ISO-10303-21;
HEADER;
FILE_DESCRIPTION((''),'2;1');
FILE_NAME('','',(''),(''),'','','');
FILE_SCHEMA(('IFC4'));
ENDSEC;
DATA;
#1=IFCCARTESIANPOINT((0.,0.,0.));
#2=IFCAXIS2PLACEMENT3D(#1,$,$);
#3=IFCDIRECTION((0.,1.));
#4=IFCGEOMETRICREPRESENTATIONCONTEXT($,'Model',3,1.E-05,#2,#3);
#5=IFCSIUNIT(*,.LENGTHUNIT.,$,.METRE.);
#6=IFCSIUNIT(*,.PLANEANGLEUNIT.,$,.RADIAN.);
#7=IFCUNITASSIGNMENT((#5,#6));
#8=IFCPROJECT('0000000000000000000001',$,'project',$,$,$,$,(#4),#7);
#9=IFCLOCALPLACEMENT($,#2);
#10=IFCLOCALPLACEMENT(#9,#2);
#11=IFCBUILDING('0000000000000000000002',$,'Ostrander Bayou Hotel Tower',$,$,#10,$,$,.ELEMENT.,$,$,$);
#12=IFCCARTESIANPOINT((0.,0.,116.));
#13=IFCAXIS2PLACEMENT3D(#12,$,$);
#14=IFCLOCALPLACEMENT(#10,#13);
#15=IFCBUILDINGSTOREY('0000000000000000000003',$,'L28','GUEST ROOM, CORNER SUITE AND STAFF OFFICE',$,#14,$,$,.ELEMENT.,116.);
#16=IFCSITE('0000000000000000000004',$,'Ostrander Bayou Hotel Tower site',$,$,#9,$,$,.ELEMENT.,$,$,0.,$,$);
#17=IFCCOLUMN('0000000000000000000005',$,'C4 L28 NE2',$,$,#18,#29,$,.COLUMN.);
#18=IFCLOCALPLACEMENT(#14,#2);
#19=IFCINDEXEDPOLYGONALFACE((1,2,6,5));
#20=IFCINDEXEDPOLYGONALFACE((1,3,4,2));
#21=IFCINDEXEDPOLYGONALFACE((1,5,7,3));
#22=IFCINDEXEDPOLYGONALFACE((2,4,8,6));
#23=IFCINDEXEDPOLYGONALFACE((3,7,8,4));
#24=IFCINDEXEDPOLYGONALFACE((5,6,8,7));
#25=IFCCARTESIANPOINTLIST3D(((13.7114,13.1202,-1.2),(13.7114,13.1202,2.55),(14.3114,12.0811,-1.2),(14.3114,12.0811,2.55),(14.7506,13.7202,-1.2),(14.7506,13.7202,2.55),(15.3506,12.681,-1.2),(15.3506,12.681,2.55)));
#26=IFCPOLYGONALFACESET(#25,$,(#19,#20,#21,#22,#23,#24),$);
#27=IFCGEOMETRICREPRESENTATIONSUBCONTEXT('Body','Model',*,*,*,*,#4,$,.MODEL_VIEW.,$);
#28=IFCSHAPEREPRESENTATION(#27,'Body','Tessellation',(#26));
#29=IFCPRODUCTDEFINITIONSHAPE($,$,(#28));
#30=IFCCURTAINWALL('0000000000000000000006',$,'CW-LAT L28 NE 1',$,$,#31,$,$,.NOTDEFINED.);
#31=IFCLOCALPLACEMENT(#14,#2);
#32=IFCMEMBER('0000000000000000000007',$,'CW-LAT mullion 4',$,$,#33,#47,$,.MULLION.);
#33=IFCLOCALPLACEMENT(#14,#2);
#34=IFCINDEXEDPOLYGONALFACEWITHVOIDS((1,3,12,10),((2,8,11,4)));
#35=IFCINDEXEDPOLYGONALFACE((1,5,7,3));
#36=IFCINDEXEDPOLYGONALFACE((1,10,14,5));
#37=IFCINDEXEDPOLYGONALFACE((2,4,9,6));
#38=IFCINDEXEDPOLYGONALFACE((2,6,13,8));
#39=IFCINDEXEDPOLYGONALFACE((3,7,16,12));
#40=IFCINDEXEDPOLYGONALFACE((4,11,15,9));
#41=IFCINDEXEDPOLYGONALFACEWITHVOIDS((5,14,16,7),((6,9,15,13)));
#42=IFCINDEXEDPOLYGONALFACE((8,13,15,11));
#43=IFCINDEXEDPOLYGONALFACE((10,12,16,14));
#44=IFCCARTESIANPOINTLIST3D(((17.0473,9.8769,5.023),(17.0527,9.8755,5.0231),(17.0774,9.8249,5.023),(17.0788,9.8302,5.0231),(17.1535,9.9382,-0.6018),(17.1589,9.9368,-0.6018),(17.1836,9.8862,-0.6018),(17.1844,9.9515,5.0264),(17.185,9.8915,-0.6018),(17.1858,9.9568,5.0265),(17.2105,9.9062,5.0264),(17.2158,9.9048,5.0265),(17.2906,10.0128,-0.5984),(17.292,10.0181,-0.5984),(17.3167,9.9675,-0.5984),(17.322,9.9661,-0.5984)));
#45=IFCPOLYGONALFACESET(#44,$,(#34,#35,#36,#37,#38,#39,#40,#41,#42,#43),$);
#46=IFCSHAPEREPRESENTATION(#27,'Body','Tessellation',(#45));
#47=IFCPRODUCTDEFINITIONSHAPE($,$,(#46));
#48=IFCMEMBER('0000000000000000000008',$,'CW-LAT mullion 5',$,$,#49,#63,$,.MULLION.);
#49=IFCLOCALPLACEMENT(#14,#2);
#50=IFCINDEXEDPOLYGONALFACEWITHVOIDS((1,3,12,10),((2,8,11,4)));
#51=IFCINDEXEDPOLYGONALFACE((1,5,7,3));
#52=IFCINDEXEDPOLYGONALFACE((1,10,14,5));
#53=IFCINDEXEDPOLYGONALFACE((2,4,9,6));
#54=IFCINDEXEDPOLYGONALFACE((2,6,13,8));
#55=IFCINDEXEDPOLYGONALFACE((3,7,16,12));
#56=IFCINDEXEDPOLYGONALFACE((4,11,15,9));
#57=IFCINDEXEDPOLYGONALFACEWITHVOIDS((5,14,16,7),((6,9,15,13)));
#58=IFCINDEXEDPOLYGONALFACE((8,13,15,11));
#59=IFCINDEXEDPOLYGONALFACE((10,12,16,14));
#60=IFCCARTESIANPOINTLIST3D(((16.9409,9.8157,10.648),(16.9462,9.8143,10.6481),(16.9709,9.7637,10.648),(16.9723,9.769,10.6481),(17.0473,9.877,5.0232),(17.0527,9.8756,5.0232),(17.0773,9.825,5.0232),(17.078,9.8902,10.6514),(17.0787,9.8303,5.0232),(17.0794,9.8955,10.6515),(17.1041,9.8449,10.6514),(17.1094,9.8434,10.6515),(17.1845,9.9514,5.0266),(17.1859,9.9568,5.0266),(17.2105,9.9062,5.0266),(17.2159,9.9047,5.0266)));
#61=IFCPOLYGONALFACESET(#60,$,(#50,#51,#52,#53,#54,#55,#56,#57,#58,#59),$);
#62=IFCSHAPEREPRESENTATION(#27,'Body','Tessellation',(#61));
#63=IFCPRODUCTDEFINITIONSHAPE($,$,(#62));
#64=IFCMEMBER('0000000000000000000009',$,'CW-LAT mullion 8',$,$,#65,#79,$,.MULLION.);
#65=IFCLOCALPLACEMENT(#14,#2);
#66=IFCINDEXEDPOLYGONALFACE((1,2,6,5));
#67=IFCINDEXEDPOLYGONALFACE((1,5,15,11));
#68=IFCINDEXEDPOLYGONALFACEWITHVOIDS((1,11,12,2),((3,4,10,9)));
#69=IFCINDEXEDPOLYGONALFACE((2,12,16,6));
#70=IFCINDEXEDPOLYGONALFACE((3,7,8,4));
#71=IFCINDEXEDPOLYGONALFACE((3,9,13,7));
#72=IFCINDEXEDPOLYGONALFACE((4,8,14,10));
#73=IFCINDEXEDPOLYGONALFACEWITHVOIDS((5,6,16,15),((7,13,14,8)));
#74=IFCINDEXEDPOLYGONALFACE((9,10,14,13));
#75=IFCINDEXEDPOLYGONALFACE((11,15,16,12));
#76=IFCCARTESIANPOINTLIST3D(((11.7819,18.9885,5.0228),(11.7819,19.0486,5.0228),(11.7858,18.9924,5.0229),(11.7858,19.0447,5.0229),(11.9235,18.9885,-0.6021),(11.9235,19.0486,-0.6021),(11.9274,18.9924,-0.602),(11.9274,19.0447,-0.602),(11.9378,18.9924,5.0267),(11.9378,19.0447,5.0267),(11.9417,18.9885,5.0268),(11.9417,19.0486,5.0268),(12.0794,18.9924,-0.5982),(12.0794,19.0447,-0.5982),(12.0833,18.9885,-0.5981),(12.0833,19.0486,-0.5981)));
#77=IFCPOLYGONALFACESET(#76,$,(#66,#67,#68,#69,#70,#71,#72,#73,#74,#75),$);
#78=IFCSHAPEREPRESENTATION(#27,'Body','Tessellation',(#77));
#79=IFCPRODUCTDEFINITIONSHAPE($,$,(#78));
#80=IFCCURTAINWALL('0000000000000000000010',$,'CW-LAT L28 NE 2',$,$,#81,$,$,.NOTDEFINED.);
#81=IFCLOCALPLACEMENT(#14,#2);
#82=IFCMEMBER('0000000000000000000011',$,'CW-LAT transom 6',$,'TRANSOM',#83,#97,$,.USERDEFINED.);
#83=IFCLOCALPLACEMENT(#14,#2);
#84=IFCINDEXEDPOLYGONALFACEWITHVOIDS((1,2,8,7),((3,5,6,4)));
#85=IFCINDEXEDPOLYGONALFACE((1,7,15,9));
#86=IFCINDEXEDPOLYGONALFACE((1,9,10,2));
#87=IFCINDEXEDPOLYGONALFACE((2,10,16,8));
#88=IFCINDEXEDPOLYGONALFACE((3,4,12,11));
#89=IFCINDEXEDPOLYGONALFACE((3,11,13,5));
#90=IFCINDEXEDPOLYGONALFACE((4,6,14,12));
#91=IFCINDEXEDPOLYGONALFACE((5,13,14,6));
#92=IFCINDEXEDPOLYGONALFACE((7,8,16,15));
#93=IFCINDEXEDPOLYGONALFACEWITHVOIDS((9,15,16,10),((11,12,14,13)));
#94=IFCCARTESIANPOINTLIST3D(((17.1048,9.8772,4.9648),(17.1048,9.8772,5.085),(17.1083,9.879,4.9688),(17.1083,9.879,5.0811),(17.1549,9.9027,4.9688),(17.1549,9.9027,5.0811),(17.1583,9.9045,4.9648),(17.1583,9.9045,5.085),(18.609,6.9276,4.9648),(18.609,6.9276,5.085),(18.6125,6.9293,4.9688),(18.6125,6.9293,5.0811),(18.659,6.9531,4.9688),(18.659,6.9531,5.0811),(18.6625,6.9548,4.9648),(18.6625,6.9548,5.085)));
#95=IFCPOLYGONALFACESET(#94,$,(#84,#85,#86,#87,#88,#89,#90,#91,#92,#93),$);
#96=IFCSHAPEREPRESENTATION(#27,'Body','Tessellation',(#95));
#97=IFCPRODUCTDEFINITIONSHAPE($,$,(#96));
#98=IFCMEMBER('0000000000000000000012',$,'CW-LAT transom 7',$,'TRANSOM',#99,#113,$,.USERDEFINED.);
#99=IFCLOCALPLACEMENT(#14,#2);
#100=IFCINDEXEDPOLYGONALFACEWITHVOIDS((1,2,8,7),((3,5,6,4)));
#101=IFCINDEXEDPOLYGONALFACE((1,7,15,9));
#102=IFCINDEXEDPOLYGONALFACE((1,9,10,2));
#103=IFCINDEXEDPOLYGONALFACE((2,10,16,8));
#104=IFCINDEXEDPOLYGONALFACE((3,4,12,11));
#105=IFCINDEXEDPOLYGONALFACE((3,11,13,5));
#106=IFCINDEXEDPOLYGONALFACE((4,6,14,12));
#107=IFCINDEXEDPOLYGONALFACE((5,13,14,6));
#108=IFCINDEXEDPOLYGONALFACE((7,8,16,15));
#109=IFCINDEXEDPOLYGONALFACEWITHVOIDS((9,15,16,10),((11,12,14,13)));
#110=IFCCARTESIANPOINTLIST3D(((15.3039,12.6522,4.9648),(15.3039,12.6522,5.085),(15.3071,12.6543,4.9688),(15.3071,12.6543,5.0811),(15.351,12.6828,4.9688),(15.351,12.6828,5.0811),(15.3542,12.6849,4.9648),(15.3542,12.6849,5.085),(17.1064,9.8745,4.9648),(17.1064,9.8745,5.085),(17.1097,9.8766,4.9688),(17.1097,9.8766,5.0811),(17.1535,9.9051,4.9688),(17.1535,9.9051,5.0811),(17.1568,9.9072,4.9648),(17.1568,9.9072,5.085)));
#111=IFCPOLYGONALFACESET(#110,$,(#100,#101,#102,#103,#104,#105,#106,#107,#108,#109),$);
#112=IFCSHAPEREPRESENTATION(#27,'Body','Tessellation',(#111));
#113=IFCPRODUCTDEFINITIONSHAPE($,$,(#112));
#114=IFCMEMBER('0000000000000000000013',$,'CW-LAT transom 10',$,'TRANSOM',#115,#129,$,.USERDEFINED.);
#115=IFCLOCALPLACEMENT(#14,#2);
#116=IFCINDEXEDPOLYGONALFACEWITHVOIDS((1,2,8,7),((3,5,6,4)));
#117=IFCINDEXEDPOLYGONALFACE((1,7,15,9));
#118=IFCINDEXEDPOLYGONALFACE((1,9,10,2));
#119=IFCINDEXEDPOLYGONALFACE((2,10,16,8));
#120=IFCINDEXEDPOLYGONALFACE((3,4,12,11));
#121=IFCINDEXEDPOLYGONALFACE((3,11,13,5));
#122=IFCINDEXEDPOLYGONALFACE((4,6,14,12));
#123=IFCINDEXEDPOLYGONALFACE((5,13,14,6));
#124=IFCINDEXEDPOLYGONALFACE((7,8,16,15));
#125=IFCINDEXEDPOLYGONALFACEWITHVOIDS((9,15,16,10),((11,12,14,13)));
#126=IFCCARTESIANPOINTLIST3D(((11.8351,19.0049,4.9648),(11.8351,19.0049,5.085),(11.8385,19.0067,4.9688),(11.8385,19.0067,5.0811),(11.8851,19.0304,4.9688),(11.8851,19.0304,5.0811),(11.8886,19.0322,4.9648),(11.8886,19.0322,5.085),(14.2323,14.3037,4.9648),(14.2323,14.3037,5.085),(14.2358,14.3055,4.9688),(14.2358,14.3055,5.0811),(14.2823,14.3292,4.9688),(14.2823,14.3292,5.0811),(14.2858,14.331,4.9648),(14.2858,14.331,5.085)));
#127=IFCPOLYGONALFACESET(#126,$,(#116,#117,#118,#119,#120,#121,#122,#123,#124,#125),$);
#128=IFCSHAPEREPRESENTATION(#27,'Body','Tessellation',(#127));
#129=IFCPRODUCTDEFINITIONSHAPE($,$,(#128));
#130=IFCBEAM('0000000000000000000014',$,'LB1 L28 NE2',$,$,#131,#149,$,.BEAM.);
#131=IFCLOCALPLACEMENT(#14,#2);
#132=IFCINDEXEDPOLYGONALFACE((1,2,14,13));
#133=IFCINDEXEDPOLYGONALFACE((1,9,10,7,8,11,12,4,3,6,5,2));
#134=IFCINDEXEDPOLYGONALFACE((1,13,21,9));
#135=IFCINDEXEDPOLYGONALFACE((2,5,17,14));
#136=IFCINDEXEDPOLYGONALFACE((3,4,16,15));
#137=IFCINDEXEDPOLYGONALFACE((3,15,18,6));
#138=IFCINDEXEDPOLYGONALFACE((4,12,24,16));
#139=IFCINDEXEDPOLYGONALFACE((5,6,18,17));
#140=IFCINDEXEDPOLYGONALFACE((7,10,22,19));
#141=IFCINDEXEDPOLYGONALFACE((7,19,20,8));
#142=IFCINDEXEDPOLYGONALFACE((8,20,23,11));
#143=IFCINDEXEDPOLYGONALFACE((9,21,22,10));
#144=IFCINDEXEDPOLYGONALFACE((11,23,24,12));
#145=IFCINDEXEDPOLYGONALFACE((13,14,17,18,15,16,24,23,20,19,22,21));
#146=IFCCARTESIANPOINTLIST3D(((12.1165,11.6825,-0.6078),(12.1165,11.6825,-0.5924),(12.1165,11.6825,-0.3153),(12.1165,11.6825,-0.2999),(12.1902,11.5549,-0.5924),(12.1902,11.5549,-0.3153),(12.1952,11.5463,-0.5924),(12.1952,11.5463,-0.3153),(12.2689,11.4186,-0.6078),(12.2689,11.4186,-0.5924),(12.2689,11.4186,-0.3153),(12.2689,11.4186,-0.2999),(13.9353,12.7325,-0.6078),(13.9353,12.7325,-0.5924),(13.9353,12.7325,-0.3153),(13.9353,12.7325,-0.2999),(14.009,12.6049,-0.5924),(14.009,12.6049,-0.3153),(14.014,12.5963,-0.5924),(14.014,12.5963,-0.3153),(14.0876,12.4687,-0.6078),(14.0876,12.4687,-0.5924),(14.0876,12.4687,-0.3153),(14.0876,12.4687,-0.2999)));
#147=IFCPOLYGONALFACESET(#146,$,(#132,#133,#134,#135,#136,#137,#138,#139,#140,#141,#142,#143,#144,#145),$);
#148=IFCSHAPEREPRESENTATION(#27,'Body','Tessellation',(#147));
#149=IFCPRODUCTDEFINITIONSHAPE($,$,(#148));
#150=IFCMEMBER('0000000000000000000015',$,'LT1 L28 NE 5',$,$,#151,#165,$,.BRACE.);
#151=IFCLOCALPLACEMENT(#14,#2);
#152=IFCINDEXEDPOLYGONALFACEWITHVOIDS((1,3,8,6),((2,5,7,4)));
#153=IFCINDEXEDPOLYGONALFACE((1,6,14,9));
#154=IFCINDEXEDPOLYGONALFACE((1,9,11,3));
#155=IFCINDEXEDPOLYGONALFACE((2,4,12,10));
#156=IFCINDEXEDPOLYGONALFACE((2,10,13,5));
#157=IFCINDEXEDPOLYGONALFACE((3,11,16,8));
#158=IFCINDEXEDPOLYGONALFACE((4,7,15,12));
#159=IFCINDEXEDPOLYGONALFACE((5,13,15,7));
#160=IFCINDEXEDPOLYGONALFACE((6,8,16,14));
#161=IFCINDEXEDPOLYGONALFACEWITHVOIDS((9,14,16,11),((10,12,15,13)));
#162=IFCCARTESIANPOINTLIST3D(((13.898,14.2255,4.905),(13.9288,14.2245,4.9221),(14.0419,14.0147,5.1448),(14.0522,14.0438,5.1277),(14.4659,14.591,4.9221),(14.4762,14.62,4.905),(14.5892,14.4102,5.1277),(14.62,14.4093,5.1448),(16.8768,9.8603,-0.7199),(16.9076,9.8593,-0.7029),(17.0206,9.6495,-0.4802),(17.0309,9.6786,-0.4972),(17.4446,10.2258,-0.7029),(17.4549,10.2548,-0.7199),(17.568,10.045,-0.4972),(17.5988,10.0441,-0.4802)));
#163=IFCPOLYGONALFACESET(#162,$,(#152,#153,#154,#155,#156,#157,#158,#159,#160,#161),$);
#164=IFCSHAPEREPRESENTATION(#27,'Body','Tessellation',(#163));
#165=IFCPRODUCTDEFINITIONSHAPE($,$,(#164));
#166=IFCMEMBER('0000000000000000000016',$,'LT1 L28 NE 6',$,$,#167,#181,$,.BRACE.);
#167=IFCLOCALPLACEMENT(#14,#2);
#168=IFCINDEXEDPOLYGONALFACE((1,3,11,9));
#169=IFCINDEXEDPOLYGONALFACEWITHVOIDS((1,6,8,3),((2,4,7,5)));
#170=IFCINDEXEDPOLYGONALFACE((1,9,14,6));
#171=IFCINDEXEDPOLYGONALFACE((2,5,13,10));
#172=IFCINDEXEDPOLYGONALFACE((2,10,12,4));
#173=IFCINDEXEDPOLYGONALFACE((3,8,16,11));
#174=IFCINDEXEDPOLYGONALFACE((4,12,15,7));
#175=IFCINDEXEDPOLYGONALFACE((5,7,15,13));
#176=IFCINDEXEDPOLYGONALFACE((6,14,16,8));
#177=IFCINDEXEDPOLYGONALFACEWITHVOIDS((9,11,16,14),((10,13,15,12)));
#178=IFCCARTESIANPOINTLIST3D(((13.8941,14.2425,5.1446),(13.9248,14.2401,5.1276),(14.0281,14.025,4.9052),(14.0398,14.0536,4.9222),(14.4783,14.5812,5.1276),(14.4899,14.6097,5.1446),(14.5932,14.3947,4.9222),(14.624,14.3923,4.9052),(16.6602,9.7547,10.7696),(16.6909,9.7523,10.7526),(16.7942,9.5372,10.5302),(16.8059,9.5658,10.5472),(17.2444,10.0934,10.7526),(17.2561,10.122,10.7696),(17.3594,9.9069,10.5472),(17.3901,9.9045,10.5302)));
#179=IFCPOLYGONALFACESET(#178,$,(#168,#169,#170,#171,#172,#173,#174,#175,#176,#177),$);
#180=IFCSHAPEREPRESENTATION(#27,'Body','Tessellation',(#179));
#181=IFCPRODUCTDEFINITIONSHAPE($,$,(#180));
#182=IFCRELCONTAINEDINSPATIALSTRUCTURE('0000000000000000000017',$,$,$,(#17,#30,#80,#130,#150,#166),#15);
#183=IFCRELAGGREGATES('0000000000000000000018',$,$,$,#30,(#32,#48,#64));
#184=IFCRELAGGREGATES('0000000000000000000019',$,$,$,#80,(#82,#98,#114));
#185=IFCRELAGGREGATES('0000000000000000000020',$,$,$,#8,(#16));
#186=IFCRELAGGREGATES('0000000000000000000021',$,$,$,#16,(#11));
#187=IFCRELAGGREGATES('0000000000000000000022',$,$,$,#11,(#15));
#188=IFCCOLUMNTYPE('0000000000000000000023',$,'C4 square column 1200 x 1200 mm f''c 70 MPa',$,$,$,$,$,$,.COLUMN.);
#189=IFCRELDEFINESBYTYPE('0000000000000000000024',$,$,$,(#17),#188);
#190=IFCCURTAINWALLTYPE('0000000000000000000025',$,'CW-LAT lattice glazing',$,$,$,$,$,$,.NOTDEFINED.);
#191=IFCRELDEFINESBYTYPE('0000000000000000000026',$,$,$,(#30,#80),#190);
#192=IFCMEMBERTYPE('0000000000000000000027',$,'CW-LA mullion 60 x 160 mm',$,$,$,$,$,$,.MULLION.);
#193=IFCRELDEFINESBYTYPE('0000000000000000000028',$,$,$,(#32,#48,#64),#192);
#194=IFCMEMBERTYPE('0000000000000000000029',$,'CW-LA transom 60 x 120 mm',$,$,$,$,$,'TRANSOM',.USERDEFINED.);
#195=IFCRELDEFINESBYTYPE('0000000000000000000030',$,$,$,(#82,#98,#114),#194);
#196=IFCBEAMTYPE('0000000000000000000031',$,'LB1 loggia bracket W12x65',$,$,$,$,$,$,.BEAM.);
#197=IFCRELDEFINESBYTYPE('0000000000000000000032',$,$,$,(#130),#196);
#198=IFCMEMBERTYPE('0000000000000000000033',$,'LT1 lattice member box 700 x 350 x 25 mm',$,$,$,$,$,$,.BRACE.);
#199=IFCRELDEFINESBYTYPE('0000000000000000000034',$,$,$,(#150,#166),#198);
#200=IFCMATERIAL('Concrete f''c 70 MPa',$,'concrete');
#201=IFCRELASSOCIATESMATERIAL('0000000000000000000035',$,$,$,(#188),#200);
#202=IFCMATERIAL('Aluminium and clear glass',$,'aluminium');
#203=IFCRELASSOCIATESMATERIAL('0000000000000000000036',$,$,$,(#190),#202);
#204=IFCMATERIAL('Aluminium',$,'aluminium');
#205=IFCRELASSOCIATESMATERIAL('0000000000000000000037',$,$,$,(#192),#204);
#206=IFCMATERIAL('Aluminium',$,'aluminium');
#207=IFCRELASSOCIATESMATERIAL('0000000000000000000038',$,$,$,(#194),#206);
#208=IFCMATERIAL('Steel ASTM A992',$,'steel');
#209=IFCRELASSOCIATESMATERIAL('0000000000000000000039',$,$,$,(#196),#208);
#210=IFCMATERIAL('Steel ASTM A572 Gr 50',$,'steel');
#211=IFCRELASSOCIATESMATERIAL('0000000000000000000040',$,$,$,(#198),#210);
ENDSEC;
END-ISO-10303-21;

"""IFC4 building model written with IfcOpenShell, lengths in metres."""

from ifc_helpers import new_model, si_unit, direction, frame, origin, origin_2d, place, context, subcontext, project, spatial, rectangle, hollow_rectangle, i_section, extrude, material, material_profile, profile_set, type_object, element, aggregate, save


model = new_model("IFC4")

# Units and contexts
model_context = context("Model", 3, precision=1e-05, world=origin(), true_north=direction((0.0, 1.0)))
body_context = subcontext(model_context, "Body", "Model", "MODEL_VIEW")
ifc_project = project(units=[si_unit("LENGTHUNIT", "METRE"), si_unit("PLANEANGLEUNIT", "RADIAN")], contexts=[model_context])

# Site, building, storey
site_placement = place(None, origin())
site = spatial("IfcSite", under=ifc_project, at=site_placement, Name="Ostrander Bayou Hotel Tower site", CompositionType="ELEMENT", RefElevation=0.0)
building_placement = place(site_placement, origin())
building = spatial("IfcBuilding", under=site, at=building_placement, Name="Ostrander Bayou Hotel Tower", CompositionType="ELEMENT")
storey_placement = place(building_placement, frame((0.0, 0.0, 116.0)))
storey = spatial("IfcBuildingStorey", under=building, at=storey_placement, Name="L28", Description="GUEST ROOM, CORNER SUITE AND STAFF OFFICE", CompositionType="ELEMENT", Elevation=116.0)

# Column
ifc_material_1 = material(Name="Concrete f'c 70 MPa", Category="concrete")
ifc_material_profile_1 = material_profile(ifc_material_1, rectangle(XDim=1.2, YDim=1.2, at=origin_2d()))
ifc_profile_set_1 = profile_set([ifc_material_profile_1], Name="Concrete f'c 70 MPa")
column_type = type_object("IfcColumnType", Name="C4 square column 1200 x 1200 mm f'c 70 MPa", PredefinedType="COLUMN", material=ifc_profile_set_1)
column_placement = place(storey_placement, frame((14.531, 12.9006, -1.2), z_axis=(0.0, 0.0, 1.0), x_axis=(0.5, -0.866025, 0.0)))
element("IfcColumn", 1, at=column_placement, inside=storey, type_object=column_type, Name="C4 L28 NE2", PredefinedType="COLUMN", context=body_context, shape_type="SweptSolid", body=[
    extrude(rectangle(XDim=1.2, YDim=1.2, at=origin_2d()), origin(), (0.0, 0.0, 1.0), 3.75),
])

# Curtain walls, members
ifc_material_2 = material(Name="Aluminium and clear glass", Category="aluminium")
curtain_wall_type = type_object("IfcCurtainWallType", Name="CW-LAT lattice glazing", PredefinedType="NOTDEFINED", material=ifc_material_2)
curtain_wall_1_placement = place(storey_placement, origin())
curtain_wall_1 = element("IfcCurtainWall", 2, at=curtain_wall_1_placement, inside=storey, type_object=curtain_wall_type, Name="CW-LAT L28 NE 1", PredefinedType="NOTDEFINED")
ifc_material_3 = material(Name="Aluminium", Category="aluminium")
ifc_material_profile_2 = material_profile(ifc_material_3, hollow_rectangle(XDim=0.0601, YDim=0.1599, WallThickness=0.0039, at=origin_2d()))
ifc_profile_set_2 = profile_set([ifc_material_profile_2], Name="Aluminium")
member_type_1 = type_object("IfcMemberType", Name="CW-LA mullion 60 x 160 mm", PredefinedType="MULLION", material=ifc_profile_set_2)
member_1_placement = place(storey_placement, frame((17.2378, 9.9521, -0.6001), z_axis=(-0.018876, -0.010892, 0.999763), x_axis=(0.49978, -0.866152, 0.0)))
member_1 = element("IfcMember", 3, at=member_1_placement, type_object=member_type_1, Name="CW-LAT mullion 4", PredefinedType="MULLION", context=body_context, shape_type="SweptSolid", body=[
    extrude(hollow_rectangle(XDim=0.0601, YDim=0.1599, WallThickness=0.0039, at=origin_2d()), origin(), (0.0, 0.0, 1.0), 5.6262),
])
member_2_placement = place(storey_placement, frame((17.1316, 9.8909, 5.0249), z_axis=(-0.018919, -0.010892, 0.999762), x_axis=(0.498919, -0.866649, 0.0)))
member_2 = element("IfcMember", 4, at=member_2_placement, type_object=member_type_1, Name="CW-LAT mullion 5", PredefinedType="MULLION", context=body_context, shape_type="SweptSolid", body=[
    extrude(hollow_rectangle(XDim=0.0601, YDim=0.1599, WallThickness=0.0039, at=origin_2d()), origin(), (0.0, 0.0, 1.0), 5.6262),
])
member_3_placement = place(storey_placement, frame((12.0034, 19.0186, -0.6001), z_axis=(-0.025166, 0.0, 0.999683), x_axis=(0.0, -1.0, 0.0)))
member_3 = element("IfcMember", 5, at=member_3_placement, type_object=member_type_1, Name="CW-LAT mullion 8", PredefinedType="MULLION", context=body_context, shape_type="SweptSolid", body=[
    extrude(hollow_rectangle(XDim=0.0601, YDim=0.1599, WallThickness=0.0039, at=origin_2d()), origin(), (0.0, 0.0, 1.0), 5.6267),
])
curtain_wall_2_placement = place(storey_placement, origin())
curtain_wall_2 = element("IfcCurtainWall", 6, at=curtain_wall_2_placement, inside=storey, type_object=curtain_wall_type, Name="CW-LAT L28 NE 2", PredefinedType="NOTDEFINED")
ifc_material_4 = material(Name="Aluminium", Category="aluminium")
ifc_material_profile_3 = material_profile(ifc_material_4, hollow_rectangle(XDim=0.0601, YDim=0.1201, WallThickness=0.0039, at=origin_2d()))
ifc_profile_set_3 = profile_set([ifc_material_profile_3], Name="Aluminium")
member_type_2 = type_object("IfcMemberType", Name="CW-LA transom 60 x 120 mm", ElementType="TRANSOM", PredefinedType="USERDEFINED", material=ifc_profile_set_3)
member_4_placement = place(storey_placement, frame((17.1316, 9.8909, 5.0249), z_axis=(0.454278, -0.89086, 0.0), x_axis=(0.89086, 0.454278, 0.0)))
member_4 = element("IfcMember", 7, at=member_4_placement, type_object=member_type_2, Name="CW-LAT transom 6", ObjectType="TRANSOM", PredefinedType="USERDEFINED", context=body_context, shape_type="SweptSolid", body=[
    extrude(hollow_rectangle(XDim=0.0601, YDim=0.1201, WallThickness=0.0039, at=origin_2d()), origin(), (0.0, 0.0, 1.0), 3.311),
])
member_5_placement = place(storey_placement, frame((17.1316, 9.8909, 5.0249), z_axis=(-0.544364, 0.838849, 0.0), x_axis=(-0.838849, -0.544364, 0.0)))
member_5 = element("IfcMember", 8, at=member_5_placement, type_object=member_type_2, Name="CW-LAT transom 7", ObjectType="TRANSOM", PredefinedType="USERDEFINED", context=body_context, shape_type="SweptSolid", body=[
    extrude(hollow_rectangle(XDim=0.0601, YDim=0.1201, WallThickness=0.0039, at=origin_2d()), origin(), (0.0, 0.0, 1.0), 3.3113),
])
member_6_placement = place(storey_placement, frame((11.8618, 19.0186, 5.0249), z_axis=(0.454269, -0.890865, 0.0), x_axis=(0.890865, 0.454269, 0.0)))
member_6 = element("IfcMember", 9, at=member_6_placement, type_object=member_type_2, Name="CW-LAT transom 10", ObjectType="TRANSOM", PredefinedType="USERDEFINED", context=body_context, shape_type="SweptSolid", body=[
    extrude(hollow_rectangle(XDim=0.0601, YDim=0.1201, WallThickness=0.0039, at=origin_2d()), origin(), (0.0, 0.0, 1.0), 5.2771),
])

# Beam
ifc_material_5 = material(Name="Steel ASTM A992", Category="steel")
ifc_material_profile_4 = material_profile(ifc_material_5, i_section(OverallWidth=0.3047, OverallDepth=0.3079, WebThickness=0.01, FlangeThickness=0.0154, at=origin_2d()))
ifc_profile_set_4 = profile_set([ifc_material_profile_4], Name="Steel ASTM A992")
beam_type_1 = type_object("IfcBeamType", Name="LB1 loggia bracket W12x65", PredefinedType="BEAM", material=ifc_profile_set_4)
beam_1_placement = place(storey_placement, frame((14.0115, 12.6006, -0.4539), z_axis=(-0.866038, -0.499977, 0.0), x_axis=(0.499977, -0.866038, 0.0)))
element("IfcBeam", 10, at=beam_1_placement, inside=storey, type_object=beam_type_1, Name="LB1 L28 NE2", PredefinedType="BEAM", context=body_context, shape_type="SweptSolid", body=[
    extrude(i_section(OverallWidth=0.3047, OverallDepth=0.3079, WebThickness=0.01, FlangeThickness=0.0154, at=origin_2d()), origin(), (0.0, 0.0, 1.0), 2.1001),
])

# Members
ifc_material_6 = material(Name="Steel ASTM A572 Gr 50", Category="steel")
ifc_material_profile_5 = material_profile(ifc_material_6, hollow_rectangle(XDim=0.7, YDim=0.3501, WallThickness=0.0249, at=origin_2d()))
ifc_profile_set_5 = profile_set([ifc_material_profile_5], Name="Steel ASTM A572 Gr 50")
member_type_3 = type_object("IfcMemberType", Name="LT1 lattice member box 700 x 350 x 25 mm", PredefinedType="BRACE", material=ifc_profile_set_5)
member_7_placement = place(storey_placement, frame((14.259, 14.3174, 5.0249), z_axis=(0.385945, -0.565585, -0.728807), x_axis=(0.82601, 0.563655, 0.0)))
element("IfcMember", 11, at=member_7_placement, inside=storey, type_object=member_type_3, Name="LT1 L28 NE 5", PredefinedType="BRACE", context=body_context, shape_type="SweptSolid", body=[
    extrude(hollow_rectangle(XDim=0.7, YDim=0.3501, WallThickness=0.0249, at=origin_2d()), origin(), (0.0, 0.0, 1.0), 7.718),
])
member_8_placement = place(storey_placement, frame((14.259, 14.3174, 5.0249), z_axis=(0.358805, -0.582132, 0.729644), x_axis=(0.851286, 0.524702, 0.0)))
element("IfcMember", 12, at=member_8_placement, inside=storey, type_object=member_type_3, Name="LT1 L28 NE 6", PredefinedType="BRACE", context=body_context, shape_type="SweptSolid", body=[
    extrude(hollow_rectangle(XDim=0.7, YDim=0.3501, WallThickness=0.0249, at=origin_2d()), origin(), (0.0, 0.0, 1.0), 7.7092),
])

aggregate(curtain_wall_1, [member_1, member_2, member_3])
aggregate(curtain_wall_2, [member_4, member_5, member_6])

save(model, "model.ifc")
